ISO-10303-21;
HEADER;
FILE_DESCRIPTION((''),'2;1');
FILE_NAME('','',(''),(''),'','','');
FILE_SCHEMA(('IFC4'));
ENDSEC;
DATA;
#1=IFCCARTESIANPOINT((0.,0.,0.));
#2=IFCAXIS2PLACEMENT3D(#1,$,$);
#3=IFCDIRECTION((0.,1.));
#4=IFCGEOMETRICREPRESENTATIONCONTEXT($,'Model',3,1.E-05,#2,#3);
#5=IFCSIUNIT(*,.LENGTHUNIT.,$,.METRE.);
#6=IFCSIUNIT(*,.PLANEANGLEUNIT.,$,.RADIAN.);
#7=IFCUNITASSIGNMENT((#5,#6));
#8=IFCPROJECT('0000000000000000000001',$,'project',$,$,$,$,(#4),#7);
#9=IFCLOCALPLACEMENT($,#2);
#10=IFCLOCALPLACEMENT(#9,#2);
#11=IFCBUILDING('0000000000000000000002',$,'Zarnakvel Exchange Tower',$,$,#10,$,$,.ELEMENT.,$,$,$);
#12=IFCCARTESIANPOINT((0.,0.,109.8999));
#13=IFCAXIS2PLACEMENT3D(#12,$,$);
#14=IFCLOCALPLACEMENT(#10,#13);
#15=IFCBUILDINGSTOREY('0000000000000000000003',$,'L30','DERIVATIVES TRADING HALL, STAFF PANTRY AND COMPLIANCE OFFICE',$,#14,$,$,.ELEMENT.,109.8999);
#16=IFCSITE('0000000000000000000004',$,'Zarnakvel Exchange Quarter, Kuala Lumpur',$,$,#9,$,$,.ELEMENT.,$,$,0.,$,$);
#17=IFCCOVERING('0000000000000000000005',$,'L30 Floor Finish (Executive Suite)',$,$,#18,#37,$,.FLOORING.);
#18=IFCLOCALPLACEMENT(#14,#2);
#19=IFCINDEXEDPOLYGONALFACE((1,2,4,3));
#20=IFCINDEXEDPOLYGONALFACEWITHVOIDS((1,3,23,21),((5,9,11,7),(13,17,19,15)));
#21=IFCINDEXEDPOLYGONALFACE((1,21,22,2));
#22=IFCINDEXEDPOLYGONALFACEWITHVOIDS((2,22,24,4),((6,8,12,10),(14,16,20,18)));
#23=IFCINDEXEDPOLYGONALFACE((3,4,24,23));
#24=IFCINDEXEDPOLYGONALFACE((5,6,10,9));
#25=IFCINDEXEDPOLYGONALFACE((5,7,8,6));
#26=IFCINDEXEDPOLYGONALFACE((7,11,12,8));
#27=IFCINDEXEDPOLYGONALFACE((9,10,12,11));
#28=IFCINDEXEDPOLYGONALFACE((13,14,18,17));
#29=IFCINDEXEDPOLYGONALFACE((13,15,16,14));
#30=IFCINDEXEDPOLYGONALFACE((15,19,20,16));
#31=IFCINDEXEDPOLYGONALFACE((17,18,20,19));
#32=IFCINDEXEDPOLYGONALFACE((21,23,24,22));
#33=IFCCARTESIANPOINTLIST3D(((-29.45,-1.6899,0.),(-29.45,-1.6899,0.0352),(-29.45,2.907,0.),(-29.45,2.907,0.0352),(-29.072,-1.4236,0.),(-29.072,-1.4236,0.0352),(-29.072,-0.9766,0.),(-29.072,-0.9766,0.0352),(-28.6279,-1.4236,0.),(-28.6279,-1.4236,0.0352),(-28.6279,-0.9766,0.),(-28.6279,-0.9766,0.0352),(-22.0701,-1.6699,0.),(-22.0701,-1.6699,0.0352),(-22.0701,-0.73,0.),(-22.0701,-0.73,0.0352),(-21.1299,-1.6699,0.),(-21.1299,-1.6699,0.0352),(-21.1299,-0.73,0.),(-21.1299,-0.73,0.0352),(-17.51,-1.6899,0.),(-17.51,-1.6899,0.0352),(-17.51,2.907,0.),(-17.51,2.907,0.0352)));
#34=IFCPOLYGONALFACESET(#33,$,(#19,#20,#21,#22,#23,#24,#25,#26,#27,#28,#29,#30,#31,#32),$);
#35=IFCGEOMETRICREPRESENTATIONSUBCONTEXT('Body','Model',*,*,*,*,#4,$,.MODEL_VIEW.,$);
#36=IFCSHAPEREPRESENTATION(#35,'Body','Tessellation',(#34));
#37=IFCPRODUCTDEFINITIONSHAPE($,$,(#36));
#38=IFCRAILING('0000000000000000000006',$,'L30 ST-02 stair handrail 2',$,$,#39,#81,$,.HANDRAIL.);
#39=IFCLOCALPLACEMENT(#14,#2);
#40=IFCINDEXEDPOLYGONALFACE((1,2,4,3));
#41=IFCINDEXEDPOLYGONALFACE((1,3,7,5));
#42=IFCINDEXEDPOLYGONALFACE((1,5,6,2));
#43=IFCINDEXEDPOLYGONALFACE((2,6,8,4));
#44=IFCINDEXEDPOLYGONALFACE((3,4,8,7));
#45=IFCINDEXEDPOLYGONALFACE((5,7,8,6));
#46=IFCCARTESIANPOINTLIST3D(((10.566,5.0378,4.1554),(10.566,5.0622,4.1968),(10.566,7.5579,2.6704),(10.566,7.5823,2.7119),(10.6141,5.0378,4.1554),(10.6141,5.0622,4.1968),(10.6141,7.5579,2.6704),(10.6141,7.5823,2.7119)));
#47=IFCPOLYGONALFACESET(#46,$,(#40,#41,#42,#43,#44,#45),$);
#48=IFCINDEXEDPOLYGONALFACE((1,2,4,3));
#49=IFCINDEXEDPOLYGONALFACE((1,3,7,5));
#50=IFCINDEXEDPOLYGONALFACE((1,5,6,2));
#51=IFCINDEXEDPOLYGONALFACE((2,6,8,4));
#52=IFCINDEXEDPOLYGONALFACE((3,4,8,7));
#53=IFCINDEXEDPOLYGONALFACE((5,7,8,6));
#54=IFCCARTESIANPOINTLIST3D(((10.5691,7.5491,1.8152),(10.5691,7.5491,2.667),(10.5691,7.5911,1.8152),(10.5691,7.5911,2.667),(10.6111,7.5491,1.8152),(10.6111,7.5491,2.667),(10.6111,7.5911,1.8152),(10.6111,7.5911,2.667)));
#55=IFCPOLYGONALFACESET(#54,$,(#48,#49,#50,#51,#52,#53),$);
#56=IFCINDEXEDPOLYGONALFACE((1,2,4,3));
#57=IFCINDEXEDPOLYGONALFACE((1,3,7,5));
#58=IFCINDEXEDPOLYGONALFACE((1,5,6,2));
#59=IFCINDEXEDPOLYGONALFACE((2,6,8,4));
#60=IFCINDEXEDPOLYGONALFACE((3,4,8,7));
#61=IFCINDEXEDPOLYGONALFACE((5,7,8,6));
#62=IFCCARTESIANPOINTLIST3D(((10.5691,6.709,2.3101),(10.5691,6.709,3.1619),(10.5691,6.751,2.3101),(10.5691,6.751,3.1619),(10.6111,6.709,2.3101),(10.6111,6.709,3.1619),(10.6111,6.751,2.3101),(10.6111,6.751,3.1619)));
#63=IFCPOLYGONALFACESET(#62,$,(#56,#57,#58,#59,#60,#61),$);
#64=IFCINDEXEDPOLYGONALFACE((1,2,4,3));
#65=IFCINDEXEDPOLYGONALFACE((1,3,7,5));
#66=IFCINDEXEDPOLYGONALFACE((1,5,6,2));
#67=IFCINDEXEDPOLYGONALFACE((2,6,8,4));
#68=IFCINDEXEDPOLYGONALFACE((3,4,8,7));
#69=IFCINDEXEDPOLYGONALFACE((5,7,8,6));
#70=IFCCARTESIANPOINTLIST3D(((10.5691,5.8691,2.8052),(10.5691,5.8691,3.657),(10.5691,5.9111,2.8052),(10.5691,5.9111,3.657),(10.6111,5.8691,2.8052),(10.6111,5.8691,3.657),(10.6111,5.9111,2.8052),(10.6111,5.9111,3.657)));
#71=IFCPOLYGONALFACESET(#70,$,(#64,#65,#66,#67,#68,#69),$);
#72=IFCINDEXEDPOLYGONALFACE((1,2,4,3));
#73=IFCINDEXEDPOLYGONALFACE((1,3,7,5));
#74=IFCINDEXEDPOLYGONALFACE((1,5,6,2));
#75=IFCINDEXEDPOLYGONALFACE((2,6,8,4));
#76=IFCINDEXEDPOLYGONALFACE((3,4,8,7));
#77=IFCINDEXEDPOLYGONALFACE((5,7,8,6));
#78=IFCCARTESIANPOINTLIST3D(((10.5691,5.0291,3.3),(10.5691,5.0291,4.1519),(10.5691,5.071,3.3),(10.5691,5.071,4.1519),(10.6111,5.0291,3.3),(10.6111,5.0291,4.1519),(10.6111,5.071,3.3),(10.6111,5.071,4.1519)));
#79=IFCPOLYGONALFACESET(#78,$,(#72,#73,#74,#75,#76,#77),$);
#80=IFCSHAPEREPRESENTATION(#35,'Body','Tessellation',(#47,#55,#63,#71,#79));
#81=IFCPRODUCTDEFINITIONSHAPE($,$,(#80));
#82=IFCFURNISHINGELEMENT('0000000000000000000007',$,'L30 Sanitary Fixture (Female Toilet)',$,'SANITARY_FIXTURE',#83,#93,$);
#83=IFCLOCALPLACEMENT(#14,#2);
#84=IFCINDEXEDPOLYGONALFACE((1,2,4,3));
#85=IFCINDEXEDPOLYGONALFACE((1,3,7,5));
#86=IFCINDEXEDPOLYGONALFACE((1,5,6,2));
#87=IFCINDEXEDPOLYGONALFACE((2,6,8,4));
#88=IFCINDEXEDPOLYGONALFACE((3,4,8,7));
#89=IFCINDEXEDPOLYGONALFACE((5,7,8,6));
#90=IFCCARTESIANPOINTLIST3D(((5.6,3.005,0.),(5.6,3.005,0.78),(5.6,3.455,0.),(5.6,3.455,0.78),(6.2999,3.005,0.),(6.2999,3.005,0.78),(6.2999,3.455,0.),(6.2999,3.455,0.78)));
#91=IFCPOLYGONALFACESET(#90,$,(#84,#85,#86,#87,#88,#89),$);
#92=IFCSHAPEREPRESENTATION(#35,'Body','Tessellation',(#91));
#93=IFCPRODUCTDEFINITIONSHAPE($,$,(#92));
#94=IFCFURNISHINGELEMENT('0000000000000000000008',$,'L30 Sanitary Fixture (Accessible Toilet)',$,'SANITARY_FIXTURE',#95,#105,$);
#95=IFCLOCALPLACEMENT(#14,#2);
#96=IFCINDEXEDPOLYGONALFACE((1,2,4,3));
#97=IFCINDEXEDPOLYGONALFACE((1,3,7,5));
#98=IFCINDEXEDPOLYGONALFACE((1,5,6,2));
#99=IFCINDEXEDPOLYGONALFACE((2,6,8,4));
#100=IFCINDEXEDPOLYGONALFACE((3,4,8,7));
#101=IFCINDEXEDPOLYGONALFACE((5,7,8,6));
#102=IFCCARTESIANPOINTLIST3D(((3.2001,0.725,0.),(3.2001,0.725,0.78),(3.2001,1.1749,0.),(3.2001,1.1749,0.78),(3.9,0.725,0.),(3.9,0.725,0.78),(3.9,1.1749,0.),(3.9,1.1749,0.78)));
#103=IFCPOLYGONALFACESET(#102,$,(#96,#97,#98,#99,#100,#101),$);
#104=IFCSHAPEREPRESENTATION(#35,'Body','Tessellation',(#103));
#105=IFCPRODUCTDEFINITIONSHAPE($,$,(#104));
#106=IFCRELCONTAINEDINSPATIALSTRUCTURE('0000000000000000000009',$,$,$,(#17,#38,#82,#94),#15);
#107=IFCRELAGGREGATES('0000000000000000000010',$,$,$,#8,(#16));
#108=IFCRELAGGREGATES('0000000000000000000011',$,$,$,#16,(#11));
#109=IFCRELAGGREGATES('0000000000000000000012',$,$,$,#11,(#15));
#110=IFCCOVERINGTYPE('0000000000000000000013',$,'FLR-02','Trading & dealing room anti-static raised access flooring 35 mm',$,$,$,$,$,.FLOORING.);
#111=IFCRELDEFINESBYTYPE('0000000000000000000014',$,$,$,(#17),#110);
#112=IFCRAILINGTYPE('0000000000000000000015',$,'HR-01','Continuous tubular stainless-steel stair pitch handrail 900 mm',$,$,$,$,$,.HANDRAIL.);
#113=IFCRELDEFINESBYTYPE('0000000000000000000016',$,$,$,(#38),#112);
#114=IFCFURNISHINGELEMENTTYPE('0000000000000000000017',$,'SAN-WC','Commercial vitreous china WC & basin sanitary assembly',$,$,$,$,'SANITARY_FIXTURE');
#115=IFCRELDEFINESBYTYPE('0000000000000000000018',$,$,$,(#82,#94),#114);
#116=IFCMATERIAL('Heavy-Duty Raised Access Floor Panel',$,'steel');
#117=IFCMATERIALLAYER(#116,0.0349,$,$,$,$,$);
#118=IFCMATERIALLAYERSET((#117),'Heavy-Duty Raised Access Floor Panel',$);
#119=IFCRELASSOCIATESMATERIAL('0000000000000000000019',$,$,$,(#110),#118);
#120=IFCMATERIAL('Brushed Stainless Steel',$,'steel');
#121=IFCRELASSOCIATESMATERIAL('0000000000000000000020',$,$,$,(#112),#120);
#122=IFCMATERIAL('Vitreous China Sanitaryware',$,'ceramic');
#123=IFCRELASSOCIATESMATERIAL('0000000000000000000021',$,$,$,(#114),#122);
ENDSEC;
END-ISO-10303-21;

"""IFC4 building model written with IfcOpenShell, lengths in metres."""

from ifc_helpers import new_model, si_unit, direction, frame, origin, origin_2d, place, context, subcontext, project, spatial, polyline, rectangle, outline, extrude, source, transform, mapped, material, layer, layer_set, type_object, element, save


model = new_model("IFC4")

# Units and contexts
model_context = context("Model", 3, precision=1e-05, world=origin(), true_north=direction((0.0, 1.0)))
body_context = subcontext(model_context, "Body", "Model", "MODEL_VIEW")
ifc_project = project(units=[si_unit("LENGTHUNIT", "METRE"), si_unit("PLANEANGLEUNIT", "RADIAN")], contexts=[model_context])

# Site, building, storey
site_placement = place(None, origin())
site = spatial("IfcSite", under=ifc_project, at=site_placement, Name="Zarnakvel Exchange Quarter, Kuala Lumpur", CompositionType="ELEMENT", RefElevation=0.0)
building_placement = place(site_placement, origin())
building = spatial("IfcBuilding", under=site, at=building_placement, Name="Zarnakvel Exchange Tower", CompositionType="ELEMENT")
storey_placement = place(building_placement, frame((0.0, 0.0, 109.8999)))
storey = spatial("IfcBuildingStorey", under=building, at=storey_placement, Name="L30", Description="DERIVATIVES TRADING HALL, STAFF PANTRY AND COMPLIANCE OFFICE", CompositionType="ELEMENT", Elevation=109.8999)

# Shared definitions
ifc_material_1 = material(Name="Brushed Stainless Steel", Category="steel")

# Covering
ifc_material_2 = material(Name="Heavy-Duty Raised Access Floor Panel", Category="steel")
ifc_layer_1 = layer(ifc_material_2, 0.0349)
ifc_layer_set_1 = layer_set([ifc_layer_1], Name="Heavy-Duty Raised Access Floor Panel")
covering_type = type_object("IfcCoveringType", Name="FLR-02", Description="Trading & dealing room anti-static raised access flooring 35 mm", PredefinedType="FLOORING", material=ifc_layer_set_1)
covering_placement = place(storey_placement, origin())
element("IfcCovering", 1, at=covering_placement, inside=storey, type_object=covering_type, Name="L30 Floor Finish (Executive Suite)", PredefinedType="FLOORING", context=body_context, shape_type="SweptSolid", body=[
    extrude(outline(polyline([(-29.45, 2.907), (-17.51, 2.907), (-17.51, -1.6899), (-29.45, -1.6899), (-29.45, 2.907)]), holes=[polyline([(-21.1299, -1.6699), (-21.1299, -0.73), (-22.0701, -0.73), (-22.0701, -1.6699), (-21.1299, -1.6699)]), polyline([(-28.6279, -1.4236), (-28.6279, -0.9766), (-29.072, -0.9766), (-29.072, -1.4236), (-28.6279, -1.4236)])]), origin(), (0.0, 0.0, 1.0), 0.0352),
])

# Railing
railing_type = type_object("IfcRailingType", Name="HR-01", Description="Continuous tubular stainless-steel stair pitch handrail 900 mm", PredefinedType="HANDRAIL", material=ifc_material_1)
railing_placement = place(storey_placement, frame((10.5901, 7.5701, 1.8152)))
element("IfcRailing", 2, at=railing_placement, inside=storey, type_object=railing_type, Name="L30 ST-02 stair handrail 2", PredefinedType="HANDRAIL", context=body_context, shape_type="SweptSolid", body=[
    extrude(rectangle(XDim=0.0481, YDim=0.0481, at=origin_2d()), frame((0.0, 0.0, 0.876), z_axis=(0.0, -0.861561, 0.507655), x_axis=(1.0, 0.0, 0.0)), (0.0, 0.0, 1.0), 2.925),
    extrude(rectangle(XDim=0.042, YDim=0.042, at=origin_2d()), origin(), (0.0, 0.0, 1.0), 0.8518),
    extrude(rectangle(XDim=0.042, YDim=0.042, at=origin_2d()), frame((0.0, -0.8401, 0.4949)), (0.0, 0.0, 1.0), 0.8518),
    extrude(rectangle(XDim=0.042, YDim=0.042, at=origin_2d()), frame((0.0, -1.6799, 0.99)), (0.0, 0.0, 1.0), 0.8518),
    extrude(rectangle(XDim=0.042, YDim=0.042, at=origin_2d()), frame((0.0, -2.52, 1.4849)), (0.0, 0.0, 1.0), 0.8518),
])

# Furnishing elements
ifc_material_3 = material(Name="Vitreous China Sanitaryware", Category="ceramic")
furnishing_element_type = type_object("IfcFurnishingElementType", Name="SAN-WC", Description="Commercial vitreous china WC & basin sanitary assembly", ElementType="SANITARY_FIXTURE", material=ifc_material_3)
shared_shape_1 = source(origin(), body_context, "Body", "SweptSolid", [
    extrude(rectangle(XDim=0.7, YDim=0.45, at=origin_2d()), origin(), (0.0, 0.0, 1.0), 0.78),
])
for number, where, z_axis, x_axis, name in (
    (3, (5.95, 3.23, 0.0), (0.0, 0.0, 1.0), (1.0, 0.0, 0.0), "L30 Sanitary Fixture (Female Toilet)"),
    (4, (3.55, 0.95, 0.0), (0.0, 0.0, 1.0), (1.0, 0.0, 0.0), "L30 Sanitary Fixture (Accessible Toilet)"),
):
    element("IfcFurnishingElement", number, at=place(storey_placement, frame(where, z_axis=z_axis, x_axis=x_axis)), inside=storey, type_object=furnishing_element_type, Name=name, ObjectType="SANITARY_FIXTURE", context=body_context, shape_type="MappedRepresentation", body=[
        mapped(shared_shape_1, transform((0.0, 0.0, 0.0), x_axis=(1.0, 0.0, 0.0), y_axis=(0.0, 1.0, 0.0), z_axis=(0.0, 0.0, 1.0), scale=1.0)),
    ])

save(model, "model.ifc")
